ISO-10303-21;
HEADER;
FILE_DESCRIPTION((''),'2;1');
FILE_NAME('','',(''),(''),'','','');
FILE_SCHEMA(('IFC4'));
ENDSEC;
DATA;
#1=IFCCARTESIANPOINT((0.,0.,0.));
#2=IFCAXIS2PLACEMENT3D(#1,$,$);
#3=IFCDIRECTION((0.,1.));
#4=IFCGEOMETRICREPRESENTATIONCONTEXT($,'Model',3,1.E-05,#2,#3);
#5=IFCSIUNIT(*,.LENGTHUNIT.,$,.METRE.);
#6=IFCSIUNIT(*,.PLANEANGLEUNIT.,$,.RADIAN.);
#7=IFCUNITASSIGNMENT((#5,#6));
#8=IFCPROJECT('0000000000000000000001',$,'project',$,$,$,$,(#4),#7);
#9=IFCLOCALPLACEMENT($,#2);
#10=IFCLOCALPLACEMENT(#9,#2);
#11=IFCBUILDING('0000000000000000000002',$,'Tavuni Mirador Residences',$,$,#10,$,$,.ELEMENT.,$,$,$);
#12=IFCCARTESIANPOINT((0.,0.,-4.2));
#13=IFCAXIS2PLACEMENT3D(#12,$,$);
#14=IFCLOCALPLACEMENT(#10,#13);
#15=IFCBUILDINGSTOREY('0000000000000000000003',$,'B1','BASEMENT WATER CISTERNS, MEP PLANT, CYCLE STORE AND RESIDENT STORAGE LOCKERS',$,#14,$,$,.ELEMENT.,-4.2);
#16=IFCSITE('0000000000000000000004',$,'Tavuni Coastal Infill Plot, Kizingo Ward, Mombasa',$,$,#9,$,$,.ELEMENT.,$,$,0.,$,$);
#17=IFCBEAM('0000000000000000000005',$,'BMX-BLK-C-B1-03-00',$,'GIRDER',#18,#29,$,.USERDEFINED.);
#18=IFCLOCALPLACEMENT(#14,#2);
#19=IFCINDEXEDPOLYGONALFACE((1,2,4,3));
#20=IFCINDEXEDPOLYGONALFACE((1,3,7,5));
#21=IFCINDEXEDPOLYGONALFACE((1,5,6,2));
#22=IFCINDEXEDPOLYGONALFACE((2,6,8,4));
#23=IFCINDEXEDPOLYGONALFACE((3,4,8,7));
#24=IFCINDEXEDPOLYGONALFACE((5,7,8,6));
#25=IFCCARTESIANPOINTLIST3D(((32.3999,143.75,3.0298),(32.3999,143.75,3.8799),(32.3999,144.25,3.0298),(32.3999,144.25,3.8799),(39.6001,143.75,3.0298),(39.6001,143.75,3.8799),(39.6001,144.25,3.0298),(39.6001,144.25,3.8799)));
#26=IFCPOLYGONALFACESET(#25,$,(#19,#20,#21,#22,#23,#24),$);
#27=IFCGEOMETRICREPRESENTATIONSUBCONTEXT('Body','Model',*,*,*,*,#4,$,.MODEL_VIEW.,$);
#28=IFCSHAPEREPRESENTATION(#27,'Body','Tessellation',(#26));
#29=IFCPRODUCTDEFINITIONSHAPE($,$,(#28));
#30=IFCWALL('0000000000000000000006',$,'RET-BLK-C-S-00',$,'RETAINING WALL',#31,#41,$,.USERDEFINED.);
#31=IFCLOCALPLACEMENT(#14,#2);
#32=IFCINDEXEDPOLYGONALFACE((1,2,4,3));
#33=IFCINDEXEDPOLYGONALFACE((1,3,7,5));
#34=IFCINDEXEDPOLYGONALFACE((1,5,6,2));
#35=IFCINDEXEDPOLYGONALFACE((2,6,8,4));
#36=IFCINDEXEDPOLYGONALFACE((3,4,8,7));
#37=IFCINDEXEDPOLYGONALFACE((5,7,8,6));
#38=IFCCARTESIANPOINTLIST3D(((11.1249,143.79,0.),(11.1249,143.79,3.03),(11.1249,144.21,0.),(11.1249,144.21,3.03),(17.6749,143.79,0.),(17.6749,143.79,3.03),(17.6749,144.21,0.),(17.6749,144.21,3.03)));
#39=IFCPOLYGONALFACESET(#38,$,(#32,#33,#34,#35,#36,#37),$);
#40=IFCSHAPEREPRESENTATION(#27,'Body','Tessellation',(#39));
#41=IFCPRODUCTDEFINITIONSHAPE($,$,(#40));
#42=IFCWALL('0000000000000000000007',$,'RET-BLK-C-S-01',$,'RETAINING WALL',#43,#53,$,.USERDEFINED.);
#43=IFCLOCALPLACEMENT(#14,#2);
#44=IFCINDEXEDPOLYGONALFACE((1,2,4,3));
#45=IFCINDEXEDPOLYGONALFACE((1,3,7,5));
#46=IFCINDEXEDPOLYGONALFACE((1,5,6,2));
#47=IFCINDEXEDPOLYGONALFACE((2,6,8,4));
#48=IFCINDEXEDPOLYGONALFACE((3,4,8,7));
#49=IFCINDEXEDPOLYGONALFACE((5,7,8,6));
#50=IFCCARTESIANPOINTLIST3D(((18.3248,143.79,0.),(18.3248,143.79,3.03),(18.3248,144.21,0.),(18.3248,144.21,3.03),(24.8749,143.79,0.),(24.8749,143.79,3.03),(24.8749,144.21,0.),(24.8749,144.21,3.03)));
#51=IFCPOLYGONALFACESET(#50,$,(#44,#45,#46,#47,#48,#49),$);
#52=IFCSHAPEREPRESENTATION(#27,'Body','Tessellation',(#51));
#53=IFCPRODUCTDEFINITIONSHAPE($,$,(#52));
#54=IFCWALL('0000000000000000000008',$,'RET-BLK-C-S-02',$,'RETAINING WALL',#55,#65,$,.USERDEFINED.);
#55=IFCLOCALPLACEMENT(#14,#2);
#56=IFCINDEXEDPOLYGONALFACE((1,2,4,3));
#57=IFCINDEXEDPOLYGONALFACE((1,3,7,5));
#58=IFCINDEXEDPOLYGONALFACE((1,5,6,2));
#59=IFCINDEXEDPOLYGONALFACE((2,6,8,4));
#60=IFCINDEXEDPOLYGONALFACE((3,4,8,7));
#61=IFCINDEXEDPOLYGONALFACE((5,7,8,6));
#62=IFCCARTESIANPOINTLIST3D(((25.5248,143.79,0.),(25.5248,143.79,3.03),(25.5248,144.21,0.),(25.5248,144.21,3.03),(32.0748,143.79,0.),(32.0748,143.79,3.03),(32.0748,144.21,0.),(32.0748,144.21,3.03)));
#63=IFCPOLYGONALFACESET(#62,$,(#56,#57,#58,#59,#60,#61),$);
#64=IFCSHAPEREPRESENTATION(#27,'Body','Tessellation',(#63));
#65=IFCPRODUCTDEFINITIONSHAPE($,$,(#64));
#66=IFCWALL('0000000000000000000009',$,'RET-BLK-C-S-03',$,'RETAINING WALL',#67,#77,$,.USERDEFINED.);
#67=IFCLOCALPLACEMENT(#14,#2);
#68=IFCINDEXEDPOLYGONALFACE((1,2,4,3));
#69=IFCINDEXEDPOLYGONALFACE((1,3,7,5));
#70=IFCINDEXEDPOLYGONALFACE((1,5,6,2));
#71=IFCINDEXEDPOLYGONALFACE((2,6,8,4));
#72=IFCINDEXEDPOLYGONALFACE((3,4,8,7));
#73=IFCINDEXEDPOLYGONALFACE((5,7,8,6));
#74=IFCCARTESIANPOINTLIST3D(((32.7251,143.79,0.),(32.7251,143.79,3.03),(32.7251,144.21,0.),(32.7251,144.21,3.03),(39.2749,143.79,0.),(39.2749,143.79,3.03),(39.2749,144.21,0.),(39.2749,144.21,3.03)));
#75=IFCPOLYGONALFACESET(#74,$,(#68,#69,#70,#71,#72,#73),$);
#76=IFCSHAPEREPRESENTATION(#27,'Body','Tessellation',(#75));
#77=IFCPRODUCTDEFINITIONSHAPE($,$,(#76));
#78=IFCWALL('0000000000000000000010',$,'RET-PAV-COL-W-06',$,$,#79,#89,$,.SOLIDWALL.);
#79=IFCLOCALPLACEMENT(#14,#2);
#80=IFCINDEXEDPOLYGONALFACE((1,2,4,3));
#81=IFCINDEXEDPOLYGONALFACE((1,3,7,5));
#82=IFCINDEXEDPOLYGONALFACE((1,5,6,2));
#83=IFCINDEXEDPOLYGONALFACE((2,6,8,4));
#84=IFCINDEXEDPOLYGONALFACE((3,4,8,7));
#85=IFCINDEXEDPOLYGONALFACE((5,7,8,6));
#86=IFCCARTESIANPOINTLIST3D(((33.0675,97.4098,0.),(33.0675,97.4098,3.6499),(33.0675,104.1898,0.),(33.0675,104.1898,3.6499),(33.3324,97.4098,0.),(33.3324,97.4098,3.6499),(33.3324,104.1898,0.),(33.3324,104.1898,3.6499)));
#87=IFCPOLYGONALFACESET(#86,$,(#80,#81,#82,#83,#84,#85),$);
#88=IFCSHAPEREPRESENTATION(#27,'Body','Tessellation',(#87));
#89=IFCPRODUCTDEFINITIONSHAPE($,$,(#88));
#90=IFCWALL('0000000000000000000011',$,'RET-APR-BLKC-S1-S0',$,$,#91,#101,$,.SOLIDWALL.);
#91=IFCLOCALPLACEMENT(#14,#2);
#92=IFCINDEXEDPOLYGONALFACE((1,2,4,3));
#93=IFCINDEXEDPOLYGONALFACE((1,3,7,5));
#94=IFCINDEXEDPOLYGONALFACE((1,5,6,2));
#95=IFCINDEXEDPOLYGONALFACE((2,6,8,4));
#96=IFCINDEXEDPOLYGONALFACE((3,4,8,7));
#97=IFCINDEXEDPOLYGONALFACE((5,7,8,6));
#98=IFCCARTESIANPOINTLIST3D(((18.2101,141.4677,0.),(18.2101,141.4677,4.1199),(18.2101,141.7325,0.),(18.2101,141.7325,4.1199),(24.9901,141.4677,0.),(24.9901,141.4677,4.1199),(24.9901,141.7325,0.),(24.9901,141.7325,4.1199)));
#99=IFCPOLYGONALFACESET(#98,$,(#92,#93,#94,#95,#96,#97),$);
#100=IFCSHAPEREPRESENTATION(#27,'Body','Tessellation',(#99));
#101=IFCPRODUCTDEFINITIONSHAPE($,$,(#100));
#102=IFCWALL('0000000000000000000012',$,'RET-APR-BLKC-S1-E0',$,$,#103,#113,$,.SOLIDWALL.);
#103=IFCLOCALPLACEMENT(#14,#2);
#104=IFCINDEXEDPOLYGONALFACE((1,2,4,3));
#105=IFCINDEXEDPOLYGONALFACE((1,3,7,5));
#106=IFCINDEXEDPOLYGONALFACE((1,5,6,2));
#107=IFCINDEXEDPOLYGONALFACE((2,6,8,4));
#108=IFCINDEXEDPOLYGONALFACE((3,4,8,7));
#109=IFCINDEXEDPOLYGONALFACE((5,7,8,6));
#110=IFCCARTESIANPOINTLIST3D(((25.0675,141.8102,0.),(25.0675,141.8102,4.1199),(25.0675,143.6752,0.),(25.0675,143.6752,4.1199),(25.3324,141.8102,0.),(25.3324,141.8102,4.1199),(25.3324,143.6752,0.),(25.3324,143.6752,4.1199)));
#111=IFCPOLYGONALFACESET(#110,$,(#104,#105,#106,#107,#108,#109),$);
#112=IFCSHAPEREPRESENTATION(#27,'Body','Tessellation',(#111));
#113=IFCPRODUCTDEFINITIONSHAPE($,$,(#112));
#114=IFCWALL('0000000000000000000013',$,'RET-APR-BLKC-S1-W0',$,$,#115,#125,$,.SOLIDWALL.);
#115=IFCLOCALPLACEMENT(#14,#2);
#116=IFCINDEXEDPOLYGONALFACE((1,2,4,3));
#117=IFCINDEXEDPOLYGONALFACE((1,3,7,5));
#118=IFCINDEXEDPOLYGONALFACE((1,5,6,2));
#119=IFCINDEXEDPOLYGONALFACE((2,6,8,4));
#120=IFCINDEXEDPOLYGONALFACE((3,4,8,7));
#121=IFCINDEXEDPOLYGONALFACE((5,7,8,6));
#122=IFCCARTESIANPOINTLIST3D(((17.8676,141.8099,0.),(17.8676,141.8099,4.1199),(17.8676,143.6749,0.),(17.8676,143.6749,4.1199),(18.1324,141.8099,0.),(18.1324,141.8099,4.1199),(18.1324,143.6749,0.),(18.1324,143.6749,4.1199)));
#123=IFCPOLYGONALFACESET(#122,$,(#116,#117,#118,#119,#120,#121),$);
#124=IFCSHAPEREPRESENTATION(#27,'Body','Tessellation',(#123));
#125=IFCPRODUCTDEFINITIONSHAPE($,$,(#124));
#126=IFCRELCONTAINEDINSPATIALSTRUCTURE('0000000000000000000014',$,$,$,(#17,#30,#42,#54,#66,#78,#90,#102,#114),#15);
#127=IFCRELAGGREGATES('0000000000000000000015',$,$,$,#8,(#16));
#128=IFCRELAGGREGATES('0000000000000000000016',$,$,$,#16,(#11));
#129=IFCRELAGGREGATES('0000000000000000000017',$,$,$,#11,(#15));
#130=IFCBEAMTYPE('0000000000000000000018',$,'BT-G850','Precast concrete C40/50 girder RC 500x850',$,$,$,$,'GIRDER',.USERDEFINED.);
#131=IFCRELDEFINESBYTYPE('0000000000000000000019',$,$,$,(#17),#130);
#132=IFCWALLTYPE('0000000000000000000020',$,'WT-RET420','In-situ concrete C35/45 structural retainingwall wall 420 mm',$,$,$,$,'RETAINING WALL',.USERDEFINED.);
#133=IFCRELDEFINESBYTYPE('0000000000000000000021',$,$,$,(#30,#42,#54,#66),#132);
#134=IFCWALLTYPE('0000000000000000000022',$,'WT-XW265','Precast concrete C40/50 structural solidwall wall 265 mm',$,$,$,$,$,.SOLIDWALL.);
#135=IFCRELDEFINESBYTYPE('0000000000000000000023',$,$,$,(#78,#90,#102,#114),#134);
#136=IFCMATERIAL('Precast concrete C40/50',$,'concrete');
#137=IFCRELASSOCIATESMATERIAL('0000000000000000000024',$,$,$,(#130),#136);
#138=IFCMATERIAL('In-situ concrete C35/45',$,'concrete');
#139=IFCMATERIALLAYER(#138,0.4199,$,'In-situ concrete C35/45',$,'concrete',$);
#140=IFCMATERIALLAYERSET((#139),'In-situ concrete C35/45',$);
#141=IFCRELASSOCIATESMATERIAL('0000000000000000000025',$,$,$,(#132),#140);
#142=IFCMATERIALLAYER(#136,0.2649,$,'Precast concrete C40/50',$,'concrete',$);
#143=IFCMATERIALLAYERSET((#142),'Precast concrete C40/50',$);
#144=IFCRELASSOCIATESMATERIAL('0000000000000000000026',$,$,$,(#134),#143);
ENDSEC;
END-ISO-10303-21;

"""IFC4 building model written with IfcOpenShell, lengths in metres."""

from ifc_helpers import new_model, si_unit, direction, frame, frame_2d, origin, origin_2d, place, context, subcontext, project, spatial, rectangle, extrude, material, layer, layer_set, material_profile, profile_set, type_object, element, save


model = new_model("IFC4")

# Units and contexts
model_context = context("Model", 3, precision=1e-05, world=origin(), true_north=direction((0.0, 1.0)))
body_context = subcontext(model_context, "Body", "Model", "MODEL_VIEW")
ifc_project = project(units=[si_unit("LENGTHUNIT", "METRE"), si_unit("PLANEANGLEUNIT", "RADIAN")], contexts=[model_context])

# Site, building, storey
site_placement = place(None, origin())
site = spatial("IfcSite", under=ifc_project, at=site_placement, Name="Tavuni Coastal Infill Plot, Kizingo Ward, Mombasa", CompositionType="ELEMENT", RefElevation=0.0)
building_placement = place(site_placement, origin())
building = spatial("IfcBuilding", under=site, at=building_placement, Name="Tavuni Mirador Residences", CompositionType="ELEMENT")
storey_placement = place(building_placement, frame((0.0, 0.0, -4.2)))
storey = spatial("IfcBuildingStorey", under=building, at=storey_placement, Name="B1", Description="BASEMENT WATER CISTERNS, MEP PLANT, CYCLE STORE AND RESIDENT STORAGE LOCKERS", CompositionType="ELEMENT", Elevation=-4.2)

# Shared definitions
ifc_material_1 = material(Name="In-situ concrete C35/45", Category="concrete")

# Shared definitions
ifc_material_2 = material(Name="Precast concrete C40/50", Category="concrete")

# Beam
ifc_material_profile_1 = material_profile(ifc_material_2, rectangle(XDim=0.5, YDim=0.8501, at=origin_2d()), Name="RC 500x850", Category="concrete")
ifc_profile_set_1 = profile_set([ifc_material_profile_1], Name="Precast concrete C40/50")
beam_type_1 = type_object("IfcBeamType", Name="BT-G850", Description="Precast concrete C40/50 girder RC 500x850", ElementType="GIRDER", PredefinedType="USERDEFINED", material=ifc_profile_set_1)
beam_placement = place(storey_placement, frame((32.3999, 144.0, 3.4548), z_axis=(1.0, 0.0, 0.0), x_axis=(0.0, 1.0, 0.0)))
element("IfcBeam", 1, at=beam_placement, inside=storey, type_object=beam_type_1, Name="BMX-BLK-C-B1-03-00", ObjectType="GIRDER", PredefinedType="USERDEFINED", context=body_context, shape_type="SweptSolid", body=[
    extrude(rectangle(XDim=0.5, YDim=0.8501, at=origin_2d()), origin(), (0.0, 0.0, 1.0), 7.2002),
])

# Walls
ifc_layer_1 = layer(ifc_material_1, 0.4199, Name="In-situ concrete C35/45", Category="concrete")
ifc_layer_set_1 = layer_set([ifc_layer_1], Name="In-situ concrete C35/45")
wall_type_1 = type_object("IfcWallType", Name="WT-RET420", Description="In-situ concrete C35/45 structural retainingwall wall 420 mm", ElementType="RETAINING WALL", PredefinedType="USERDEFINED", material=ifc_layer_set_1)
for number, where, z_axis, x_axis, name in (
    (2, (11.125, 144.0, 0.0), (0.0, 0.0, 1.0), (1.0, 0.0, 0.0), "RET-BLK-C-S-00"),
    (3, (18.325, 144.0, 0.0), (0.0, 0.0, 1.0), (1.0, 0.0, 0.0), "RET-BLK-C-S-01"),
    (4, (25.5249, 144.0, 0.0), (0.0, 0.0, 1.0), (1.0, 0.0, 0.0), "RET-BLK-C-S-02"),
):
    element("IfcWall", number, at=place(storey_placement, frame(where, z_axis=z_axis, x_axis=x_axis)), inside=storey, type_object=wall_type_1, Name=name, ObjectType="RETAINING WALL", PredefinedType="USERDEFINED", context=body_context, shape_type="SweptSolid", body=[
        extrude(rectangle(XDim=6.55, YDim=0.4199, at=frame_2d((3.2749, 0.0))), origin(), (0.0, 0.0, 1.0), 3.03),
    ])
wall_1_placement = place(storey_placement, frame((32.7251, 144.0, 0.0), z_axis=(0.0, 0.0, 1.0), x_axis=(1.0, 0.0, 0.0)))
element("IfcWall", 5, at=wall_1_placement, inside=storey, type_object=wall_type_1, Name="RET-BLK-C-S-03", ObjectType="RETAINING WALL", PredefinedType="USERDEFINED", context=body_context, shape_type="SweptSolid", body=[
    extrude(rectangle(XDim=6.5498, YDim=0.4199, at=frame_2d((3.2749, 0.0))), origin(), (0.0, 0.0, 1.0), 3.03),
])
ifc_layer_2 = layer(ifc_material_2, 0.2649, Name="Precast concrete C40/50", Category="concrete")
ifc_layer_set_2 = layer_set([ifc_layer_2], Name="Precast concrete C40/50")
wall_type_2 = type_object("IfcWallType", Name="WT-XW265", Description="Precast concrete C40/50 structural solidwall wall 265 mm", PredefinedType="SOLIDWALL", material=ifc_layer_set_2)
wall_2_placement = place(storey_placement, frame((33.2, 104.1899, 0.0), z_axis=(0.0, 0.0, 1.0), x_axis=(0.0, -1.0, 0.0)))
element("IfcWall", 6, at=wall_2_placement, inside=storey, type_object=wall_type_2, Name="RET-PAV-COL-W-06", PredefinedType="SOLIDWALL", context=body_context, shape_type="SweptSolid", body=[
    extrude(rectangle(XDim=6.78, YDim=0.2649, at=frame_2d((3.3901, 0.0))), origin(), (0.0, 0.0, 1.0), 3.6499),
])
wall_3_placement = place(storey_placement, frame((18.21, 141.6001, 0.0), z_axis=(0.0, 0.0, 1.0), x_axis=(1.0, 0.0, 0.0)))
element("IfcWall", 7, at=wall_3_placement, inside=storey, type_object=wall_type_2, Name="RET-APR-BLKC-S1-S0", PredefinedType="SOLIDWALL", context=body_context, shape_type="SweptSolid", body=[
    extrude(rectangle(XDim=6.78, YDim=0.2649, at=frame_2d((3.3901, 0.0))), origin(), (0.0, 0.0, 1.0), 4.1199),
])
for number, where, z_axis, x_axis, name in (
    (8, (25.2, 141.8101, 0.0), (0.0, 0.0, 1.0), (0.0, 1.0, 0.0), "RET-APR-BLKC-S1-E0"),
    (9, (18.0, 143.675, 0.0), (0.0, 0.0, 1.0), (0.0, -1.0, 0.0), "RET-APR-BLKC-S1-W0"),
):
    element("IfcWall", number, at=place(storey_placement, frame(where, z_axis=z_axis, x_axis=x_axis)), inside=storey, type_object=wall_type_2, Name=name, PredefinedType="SOLIDWALL", context=body_context, shape_type="SweptSolid", body=[
        extrude(rectangle(XDim=1.865, YDim=0.2649, at=frame_2d((0.9326, 0.0))), origin(), (0.0, 0.0, 1.0), 4.1199),
    ])

save(model, "model.ifc")
